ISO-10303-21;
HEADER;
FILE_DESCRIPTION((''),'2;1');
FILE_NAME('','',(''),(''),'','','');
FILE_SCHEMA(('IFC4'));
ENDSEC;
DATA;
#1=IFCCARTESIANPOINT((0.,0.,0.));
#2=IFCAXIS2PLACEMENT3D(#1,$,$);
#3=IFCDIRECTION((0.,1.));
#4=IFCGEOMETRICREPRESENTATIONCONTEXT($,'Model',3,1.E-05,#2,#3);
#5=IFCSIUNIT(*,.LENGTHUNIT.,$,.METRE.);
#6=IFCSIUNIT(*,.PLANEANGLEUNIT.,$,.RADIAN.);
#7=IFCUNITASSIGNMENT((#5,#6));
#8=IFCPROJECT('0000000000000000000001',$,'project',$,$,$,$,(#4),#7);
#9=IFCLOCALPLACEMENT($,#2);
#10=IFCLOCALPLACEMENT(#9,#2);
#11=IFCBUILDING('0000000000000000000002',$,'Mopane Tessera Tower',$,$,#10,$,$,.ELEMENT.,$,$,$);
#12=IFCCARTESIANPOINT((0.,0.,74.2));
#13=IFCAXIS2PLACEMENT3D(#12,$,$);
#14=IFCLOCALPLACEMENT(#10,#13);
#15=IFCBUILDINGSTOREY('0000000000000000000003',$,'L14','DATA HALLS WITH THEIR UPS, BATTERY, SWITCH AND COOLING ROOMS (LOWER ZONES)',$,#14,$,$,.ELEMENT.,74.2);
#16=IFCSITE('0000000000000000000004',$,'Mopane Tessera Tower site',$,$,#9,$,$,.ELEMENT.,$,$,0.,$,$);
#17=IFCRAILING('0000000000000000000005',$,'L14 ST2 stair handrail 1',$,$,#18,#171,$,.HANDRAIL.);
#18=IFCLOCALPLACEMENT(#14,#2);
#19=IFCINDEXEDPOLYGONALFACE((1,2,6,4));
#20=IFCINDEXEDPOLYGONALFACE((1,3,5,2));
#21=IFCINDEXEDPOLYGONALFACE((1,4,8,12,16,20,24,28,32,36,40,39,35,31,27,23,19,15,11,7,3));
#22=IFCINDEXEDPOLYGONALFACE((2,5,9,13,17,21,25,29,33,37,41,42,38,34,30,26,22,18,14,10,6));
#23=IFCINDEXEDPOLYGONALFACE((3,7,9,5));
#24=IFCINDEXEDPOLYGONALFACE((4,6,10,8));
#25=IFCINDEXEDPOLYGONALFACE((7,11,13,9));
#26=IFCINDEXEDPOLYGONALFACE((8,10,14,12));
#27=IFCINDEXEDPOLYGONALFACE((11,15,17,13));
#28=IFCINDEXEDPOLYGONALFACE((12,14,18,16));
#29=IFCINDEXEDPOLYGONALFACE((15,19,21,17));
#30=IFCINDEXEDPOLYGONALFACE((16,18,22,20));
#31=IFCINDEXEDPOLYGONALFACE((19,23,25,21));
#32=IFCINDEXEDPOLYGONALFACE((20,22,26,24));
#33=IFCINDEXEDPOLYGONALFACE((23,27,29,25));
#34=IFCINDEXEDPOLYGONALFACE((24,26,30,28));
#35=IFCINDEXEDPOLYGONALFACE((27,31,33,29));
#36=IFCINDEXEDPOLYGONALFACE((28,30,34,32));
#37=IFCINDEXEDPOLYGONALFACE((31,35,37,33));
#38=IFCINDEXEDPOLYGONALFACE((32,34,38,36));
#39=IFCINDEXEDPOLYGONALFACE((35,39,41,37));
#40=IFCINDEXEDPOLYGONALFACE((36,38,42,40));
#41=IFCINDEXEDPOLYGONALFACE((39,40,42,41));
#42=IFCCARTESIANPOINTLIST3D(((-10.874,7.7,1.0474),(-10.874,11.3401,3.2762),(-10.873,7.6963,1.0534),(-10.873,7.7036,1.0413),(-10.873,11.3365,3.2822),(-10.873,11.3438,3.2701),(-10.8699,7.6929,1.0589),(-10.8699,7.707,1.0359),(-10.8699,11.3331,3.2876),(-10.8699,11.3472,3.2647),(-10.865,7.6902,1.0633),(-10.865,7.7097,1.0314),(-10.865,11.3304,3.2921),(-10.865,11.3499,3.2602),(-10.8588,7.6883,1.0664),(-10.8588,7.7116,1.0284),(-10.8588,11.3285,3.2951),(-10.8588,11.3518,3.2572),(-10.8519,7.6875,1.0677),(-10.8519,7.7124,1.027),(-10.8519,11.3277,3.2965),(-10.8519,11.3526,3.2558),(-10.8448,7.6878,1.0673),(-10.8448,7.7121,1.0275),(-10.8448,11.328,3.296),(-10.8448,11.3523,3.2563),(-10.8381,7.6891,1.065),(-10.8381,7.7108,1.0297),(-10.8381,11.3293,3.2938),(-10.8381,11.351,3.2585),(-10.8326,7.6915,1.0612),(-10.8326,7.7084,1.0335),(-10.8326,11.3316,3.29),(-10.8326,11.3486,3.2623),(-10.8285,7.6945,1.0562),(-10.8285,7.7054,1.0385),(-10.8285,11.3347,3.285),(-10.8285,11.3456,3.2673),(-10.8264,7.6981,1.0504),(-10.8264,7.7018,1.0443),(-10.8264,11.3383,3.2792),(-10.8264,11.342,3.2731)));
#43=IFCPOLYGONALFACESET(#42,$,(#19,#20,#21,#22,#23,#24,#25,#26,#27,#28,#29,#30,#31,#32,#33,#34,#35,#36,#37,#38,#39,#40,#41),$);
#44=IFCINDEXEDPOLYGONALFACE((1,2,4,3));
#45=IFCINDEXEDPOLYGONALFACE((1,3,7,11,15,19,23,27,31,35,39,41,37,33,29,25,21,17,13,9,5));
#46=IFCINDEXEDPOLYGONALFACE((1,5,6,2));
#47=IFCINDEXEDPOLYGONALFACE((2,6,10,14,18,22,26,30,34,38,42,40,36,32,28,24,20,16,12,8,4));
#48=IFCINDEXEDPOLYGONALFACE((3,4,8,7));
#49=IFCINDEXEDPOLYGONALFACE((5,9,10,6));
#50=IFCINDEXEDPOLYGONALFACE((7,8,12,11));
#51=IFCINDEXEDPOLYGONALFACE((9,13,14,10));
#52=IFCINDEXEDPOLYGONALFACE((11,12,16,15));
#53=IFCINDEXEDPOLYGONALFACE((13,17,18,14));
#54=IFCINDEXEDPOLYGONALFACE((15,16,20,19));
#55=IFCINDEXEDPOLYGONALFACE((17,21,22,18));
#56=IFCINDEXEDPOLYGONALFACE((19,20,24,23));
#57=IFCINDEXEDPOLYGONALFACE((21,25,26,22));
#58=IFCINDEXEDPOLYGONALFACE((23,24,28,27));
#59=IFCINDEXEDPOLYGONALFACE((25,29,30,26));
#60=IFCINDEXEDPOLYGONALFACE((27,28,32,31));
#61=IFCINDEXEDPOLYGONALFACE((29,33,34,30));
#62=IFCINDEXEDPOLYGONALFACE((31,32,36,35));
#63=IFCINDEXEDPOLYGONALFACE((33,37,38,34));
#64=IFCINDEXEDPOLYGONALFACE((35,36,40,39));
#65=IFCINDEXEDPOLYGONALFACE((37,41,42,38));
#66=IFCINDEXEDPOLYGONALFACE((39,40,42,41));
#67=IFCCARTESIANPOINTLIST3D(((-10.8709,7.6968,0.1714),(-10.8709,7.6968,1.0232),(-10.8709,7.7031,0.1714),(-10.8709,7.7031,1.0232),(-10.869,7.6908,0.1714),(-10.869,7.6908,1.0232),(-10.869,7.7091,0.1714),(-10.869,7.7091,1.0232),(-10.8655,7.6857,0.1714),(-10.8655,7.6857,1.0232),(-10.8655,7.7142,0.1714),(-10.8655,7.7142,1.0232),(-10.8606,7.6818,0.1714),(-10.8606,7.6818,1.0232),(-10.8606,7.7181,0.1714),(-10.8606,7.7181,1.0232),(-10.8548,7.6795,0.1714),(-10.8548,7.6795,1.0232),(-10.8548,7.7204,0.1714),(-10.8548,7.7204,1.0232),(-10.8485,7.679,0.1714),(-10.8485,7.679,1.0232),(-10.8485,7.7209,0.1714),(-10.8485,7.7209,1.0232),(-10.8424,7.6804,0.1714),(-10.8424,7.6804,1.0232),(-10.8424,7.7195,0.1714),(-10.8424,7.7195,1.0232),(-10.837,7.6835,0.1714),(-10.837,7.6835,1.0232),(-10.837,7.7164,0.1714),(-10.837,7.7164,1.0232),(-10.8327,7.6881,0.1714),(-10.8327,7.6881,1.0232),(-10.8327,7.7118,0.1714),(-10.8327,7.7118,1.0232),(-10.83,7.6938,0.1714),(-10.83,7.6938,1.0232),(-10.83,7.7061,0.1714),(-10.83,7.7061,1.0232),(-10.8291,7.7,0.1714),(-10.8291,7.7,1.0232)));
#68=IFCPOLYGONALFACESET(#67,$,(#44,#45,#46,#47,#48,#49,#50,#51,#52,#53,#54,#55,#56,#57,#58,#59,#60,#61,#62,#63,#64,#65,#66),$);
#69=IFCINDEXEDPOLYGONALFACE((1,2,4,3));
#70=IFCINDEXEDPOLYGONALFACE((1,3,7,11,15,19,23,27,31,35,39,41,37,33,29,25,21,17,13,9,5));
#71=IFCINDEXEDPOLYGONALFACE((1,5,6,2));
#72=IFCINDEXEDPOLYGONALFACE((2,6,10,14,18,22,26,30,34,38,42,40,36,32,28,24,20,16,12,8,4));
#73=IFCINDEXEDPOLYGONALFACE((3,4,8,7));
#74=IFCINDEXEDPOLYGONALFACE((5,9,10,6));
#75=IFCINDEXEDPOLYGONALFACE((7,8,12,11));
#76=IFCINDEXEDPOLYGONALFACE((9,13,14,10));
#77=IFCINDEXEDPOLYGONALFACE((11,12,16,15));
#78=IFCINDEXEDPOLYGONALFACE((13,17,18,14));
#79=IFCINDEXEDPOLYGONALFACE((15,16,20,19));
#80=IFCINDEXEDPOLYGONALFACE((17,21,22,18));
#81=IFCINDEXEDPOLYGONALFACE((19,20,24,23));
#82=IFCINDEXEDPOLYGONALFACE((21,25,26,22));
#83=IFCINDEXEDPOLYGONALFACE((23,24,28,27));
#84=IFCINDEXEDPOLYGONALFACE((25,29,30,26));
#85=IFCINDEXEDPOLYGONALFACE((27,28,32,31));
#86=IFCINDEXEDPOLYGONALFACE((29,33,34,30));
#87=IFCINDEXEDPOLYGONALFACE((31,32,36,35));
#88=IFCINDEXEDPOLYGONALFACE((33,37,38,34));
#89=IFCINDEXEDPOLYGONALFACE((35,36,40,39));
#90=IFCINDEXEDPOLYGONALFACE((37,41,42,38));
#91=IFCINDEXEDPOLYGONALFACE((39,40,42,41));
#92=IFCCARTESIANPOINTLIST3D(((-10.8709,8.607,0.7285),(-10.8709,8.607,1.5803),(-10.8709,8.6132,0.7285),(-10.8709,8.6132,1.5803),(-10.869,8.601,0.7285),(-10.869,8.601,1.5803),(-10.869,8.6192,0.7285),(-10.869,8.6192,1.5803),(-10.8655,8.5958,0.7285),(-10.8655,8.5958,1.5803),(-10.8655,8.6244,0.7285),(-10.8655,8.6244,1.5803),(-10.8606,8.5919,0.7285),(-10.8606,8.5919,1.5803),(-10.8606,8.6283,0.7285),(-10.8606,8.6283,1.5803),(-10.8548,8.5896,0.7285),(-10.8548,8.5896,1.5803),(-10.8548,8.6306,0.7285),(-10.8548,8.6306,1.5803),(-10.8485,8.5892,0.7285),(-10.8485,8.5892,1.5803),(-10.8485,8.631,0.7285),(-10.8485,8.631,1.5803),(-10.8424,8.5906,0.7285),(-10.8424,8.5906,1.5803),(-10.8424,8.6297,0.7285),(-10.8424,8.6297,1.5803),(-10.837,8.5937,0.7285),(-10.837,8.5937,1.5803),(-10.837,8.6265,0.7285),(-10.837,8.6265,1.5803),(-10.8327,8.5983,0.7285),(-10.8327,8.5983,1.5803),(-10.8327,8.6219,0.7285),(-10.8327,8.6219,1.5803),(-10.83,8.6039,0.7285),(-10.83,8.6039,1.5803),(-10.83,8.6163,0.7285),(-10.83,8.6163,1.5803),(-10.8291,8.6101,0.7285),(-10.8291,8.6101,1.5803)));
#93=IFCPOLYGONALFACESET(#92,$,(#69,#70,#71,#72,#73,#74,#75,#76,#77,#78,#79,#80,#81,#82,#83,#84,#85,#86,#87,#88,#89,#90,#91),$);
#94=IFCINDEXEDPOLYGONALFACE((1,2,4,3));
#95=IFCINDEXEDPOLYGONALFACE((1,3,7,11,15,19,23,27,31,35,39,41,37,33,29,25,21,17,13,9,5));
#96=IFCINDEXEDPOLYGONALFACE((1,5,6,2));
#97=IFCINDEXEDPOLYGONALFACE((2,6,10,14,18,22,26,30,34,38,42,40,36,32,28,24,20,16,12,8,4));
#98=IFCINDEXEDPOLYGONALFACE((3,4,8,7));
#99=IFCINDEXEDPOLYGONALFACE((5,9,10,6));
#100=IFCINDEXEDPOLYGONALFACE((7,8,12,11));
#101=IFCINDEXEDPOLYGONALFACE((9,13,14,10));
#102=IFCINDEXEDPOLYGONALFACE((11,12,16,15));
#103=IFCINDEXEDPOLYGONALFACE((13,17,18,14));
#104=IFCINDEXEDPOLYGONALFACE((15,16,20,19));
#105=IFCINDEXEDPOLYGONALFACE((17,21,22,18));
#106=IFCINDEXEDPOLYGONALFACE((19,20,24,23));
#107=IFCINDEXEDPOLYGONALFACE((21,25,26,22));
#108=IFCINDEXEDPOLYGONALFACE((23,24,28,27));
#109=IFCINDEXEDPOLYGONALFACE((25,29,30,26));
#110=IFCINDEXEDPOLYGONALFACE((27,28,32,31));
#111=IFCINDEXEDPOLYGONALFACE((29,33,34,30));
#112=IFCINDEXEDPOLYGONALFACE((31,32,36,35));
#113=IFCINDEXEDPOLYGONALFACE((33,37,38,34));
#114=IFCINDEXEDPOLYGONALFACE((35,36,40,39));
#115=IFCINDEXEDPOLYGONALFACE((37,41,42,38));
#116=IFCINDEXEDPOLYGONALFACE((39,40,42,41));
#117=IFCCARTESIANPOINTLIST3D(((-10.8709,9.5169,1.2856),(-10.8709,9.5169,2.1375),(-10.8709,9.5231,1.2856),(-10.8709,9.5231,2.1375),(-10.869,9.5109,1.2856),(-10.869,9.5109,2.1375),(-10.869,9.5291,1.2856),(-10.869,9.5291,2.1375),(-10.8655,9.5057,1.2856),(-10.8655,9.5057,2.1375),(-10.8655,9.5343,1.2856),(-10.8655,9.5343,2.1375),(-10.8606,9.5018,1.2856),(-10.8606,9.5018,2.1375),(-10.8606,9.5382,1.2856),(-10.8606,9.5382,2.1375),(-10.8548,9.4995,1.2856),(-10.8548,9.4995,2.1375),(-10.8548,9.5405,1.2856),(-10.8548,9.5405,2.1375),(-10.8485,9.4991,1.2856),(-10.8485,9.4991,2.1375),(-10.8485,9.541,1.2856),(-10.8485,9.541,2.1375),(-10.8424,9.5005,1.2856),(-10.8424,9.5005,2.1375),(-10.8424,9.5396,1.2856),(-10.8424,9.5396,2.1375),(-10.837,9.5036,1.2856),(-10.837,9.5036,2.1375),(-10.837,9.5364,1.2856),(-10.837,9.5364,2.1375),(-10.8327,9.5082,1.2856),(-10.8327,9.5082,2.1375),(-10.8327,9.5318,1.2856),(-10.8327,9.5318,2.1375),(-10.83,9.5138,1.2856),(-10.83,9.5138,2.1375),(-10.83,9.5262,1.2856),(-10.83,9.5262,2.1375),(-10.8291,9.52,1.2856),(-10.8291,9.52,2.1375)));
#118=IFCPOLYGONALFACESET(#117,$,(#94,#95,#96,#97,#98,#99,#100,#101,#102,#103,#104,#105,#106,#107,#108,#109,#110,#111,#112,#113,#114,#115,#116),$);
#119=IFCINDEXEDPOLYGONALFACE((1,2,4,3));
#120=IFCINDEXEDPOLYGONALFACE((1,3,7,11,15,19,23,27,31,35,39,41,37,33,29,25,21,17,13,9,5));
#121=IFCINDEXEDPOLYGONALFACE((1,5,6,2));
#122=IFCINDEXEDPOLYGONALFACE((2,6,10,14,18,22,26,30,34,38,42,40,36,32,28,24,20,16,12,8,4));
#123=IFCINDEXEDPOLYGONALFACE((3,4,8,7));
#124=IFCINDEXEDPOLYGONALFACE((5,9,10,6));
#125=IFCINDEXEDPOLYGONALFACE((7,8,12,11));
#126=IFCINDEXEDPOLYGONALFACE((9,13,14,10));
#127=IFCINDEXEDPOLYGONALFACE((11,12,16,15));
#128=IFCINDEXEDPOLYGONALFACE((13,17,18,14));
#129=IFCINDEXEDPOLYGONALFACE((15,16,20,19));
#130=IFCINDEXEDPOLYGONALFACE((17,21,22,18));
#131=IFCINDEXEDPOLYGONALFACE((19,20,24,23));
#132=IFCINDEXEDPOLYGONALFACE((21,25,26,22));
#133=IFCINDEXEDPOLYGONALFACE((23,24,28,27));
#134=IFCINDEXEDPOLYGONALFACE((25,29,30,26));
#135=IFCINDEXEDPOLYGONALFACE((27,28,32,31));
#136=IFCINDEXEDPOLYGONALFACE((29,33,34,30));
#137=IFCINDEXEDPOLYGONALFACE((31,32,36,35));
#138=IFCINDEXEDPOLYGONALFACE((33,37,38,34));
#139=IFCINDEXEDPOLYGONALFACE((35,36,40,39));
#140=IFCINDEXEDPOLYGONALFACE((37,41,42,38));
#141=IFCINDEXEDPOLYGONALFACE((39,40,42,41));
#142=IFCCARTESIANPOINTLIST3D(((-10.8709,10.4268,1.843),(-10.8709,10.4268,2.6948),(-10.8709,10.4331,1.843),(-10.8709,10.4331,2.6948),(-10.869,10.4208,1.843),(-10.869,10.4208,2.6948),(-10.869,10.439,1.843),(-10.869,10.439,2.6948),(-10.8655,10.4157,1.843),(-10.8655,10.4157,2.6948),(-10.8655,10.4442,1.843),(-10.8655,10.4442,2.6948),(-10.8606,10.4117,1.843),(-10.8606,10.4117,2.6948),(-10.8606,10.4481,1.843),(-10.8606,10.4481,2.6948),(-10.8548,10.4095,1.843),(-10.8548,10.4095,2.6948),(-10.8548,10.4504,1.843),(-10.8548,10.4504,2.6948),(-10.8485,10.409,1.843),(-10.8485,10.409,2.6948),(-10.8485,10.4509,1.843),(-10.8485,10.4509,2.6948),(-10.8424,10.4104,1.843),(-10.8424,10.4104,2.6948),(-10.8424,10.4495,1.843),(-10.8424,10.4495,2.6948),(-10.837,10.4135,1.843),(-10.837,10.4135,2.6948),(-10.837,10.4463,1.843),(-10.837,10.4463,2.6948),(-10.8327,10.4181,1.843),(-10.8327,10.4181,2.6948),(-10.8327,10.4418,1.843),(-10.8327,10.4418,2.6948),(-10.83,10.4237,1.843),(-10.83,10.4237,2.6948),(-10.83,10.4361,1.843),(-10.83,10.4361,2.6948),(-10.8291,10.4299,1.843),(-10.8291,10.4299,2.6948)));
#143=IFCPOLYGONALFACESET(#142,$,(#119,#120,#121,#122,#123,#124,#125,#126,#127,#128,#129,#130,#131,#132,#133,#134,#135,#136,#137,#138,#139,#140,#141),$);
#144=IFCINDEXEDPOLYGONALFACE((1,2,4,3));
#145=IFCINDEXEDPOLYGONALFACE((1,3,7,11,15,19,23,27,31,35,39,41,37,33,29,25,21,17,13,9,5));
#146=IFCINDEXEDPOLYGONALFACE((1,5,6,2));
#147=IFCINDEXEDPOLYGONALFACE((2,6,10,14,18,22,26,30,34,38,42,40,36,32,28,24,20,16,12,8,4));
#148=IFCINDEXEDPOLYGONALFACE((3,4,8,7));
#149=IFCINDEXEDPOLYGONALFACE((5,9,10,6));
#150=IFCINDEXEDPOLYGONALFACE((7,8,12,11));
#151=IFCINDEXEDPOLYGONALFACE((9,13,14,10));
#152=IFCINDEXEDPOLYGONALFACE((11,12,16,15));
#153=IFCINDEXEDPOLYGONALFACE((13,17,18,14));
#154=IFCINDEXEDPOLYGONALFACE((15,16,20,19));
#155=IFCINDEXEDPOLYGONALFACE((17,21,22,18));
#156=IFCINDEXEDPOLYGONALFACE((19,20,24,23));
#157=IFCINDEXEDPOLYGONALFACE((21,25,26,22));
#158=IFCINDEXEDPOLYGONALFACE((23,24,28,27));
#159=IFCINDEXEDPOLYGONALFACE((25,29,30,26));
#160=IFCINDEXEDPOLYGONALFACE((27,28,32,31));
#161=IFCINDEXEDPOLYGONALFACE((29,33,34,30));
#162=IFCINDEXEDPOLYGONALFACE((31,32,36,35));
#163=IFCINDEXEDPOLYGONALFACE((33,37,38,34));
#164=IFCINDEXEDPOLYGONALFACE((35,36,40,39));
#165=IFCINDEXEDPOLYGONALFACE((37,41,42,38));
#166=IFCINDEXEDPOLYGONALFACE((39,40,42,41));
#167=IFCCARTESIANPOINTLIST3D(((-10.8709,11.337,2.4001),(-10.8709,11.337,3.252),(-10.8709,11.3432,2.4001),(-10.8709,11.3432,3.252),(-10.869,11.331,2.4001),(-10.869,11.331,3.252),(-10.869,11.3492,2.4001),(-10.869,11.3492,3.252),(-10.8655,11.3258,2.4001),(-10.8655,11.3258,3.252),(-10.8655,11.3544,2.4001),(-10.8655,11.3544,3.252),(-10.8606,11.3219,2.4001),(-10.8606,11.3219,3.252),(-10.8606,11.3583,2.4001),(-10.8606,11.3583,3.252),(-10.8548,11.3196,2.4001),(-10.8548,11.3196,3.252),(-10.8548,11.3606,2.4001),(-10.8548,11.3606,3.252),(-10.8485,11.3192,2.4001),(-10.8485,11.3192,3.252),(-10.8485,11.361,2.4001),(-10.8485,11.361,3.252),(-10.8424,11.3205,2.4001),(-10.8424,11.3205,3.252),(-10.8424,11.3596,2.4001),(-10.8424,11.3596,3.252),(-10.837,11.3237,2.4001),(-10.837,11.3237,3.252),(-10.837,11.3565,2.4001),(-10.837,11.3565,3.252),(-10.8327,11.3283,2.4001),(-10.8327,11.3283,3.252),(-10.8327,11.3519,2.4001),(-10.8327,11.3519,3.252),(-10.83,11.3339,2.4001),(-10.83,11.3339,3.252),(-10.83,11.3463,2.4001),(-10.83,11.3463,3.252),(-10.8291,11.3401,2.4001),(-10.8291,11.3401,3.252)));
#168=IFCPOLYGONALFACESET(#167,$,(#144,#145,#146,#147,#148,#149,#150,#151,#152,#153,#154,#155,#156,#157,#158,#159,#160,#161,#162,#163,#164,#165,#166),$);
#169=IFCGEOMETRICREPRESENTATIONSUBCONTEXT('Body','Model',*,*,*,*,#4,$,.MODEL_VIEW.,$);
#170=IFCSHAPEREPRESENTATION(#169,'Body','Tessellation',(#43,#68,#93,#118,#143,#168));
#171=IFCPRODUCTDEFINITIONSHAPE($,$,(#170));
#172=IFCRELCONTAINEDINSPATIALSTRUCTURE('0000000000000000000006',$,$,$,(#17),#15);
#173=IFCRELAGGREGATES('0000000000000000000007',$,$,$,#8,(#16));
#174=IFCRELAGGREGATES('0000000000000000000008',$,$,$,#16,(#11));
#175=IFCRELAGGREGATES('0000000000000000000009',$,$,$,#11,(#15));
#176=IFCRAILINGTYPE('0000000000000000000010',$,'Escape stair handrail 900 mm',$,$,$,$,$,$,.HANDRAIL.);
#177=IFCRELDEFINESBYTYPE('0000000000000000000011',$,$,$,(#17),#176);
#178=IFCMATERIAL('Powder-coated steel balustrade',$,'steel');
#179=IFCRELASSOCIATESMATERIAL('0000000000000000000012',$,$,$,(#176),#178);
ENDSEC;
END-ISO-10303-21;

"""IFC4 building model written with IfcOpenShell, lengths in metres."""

from ifc_helpers import new_model, si_unit, direction, frame, origin, origin_2d, place, context, subcontext, project, spatial, circle, extrude, material, type_object, element, save


model = new_model("IFC4")

# Units and contexts
model_context = context("Model", 3, precision=1e-05, world=origin(), true_north=direction((0.0, 1.0)))
body_context = subcontext(model_context, "Body", "Model", "MODEL_VIEW")
ifc_project = project(units=[si_unit("LENGTHUNIT", "METRE"), si_unit("PLANEANGLEUNIT", "RADIAN")], contexts=[model_context])

# Site, building, storey
site_placement = place(None, origin())
site = spatial("IfcSite", under=ifc_project, at=site_placement, Name="Mopane Tessera Tower site", CompositionType="ELEMENT", RefElevation=0.0)
building_placement = place(site_placement, origin())
building = spatial("IfcBuilding", under=site, at=building_placement, Name="Mopane Tessera Tower", CompositionType="ELEMENT")
storey_placement = place(building_placement, frame((0.0, 0.0, 74.2)))
storey = spatial("IfcBuildingStorey", under=building, at=storey_placement, Name="L14", Description="DATA HALLS WITH THEIR UPS, BATTERY, SWITCH AND COOLING ROOMS (LOWER ZONES)", CompositionType="ELEMENT", Elevation=74.2)

# Railing
ifc_material_1 = material(Name="Powder-coated steel balustrade", Category="steel")
railing_type_1 = type_object("IfcRailingType", Name="Escape stair handrail 900 mm", PredefinedType="HANDRAIL", material=ifc_material_1)
railing_1_placement = place(storey_placement, frame((-10.8501, 7.7, 0.1714)))
element("IfcRailing", 1, at=railing_1_placement, inside=storey, type_object=railing_type_1, Name="L14 ST2 stair handrail 1", PredefinedType="HANDRAIL", context=body_context, shape_type="SweptSolid", body=[
    extrude(circle(Radius=0.0239, at=origin_2d()), frame((0.0, 0.0, 0.876), z_axis=(0.0, 0.85284, 0.522172), x_axis=(-1.0, 0.0, 0.0)), (0.0, 0.0, 1.0), 4.2683),
    extrude(circle(Radius=0.021, at=origin_2d()), origin(), (0.0, 0.0, 1.0), 0.8518),
    extrude(circle(Radius=0.021, at=origin_2d()), frame((0.0, 0.9102, 0.5571)), (0.0, 0.0, 1.0), 0.8518),
    extrude(circle(Radius=0.021, at=origin_2d()), frame((0.0, 1.8201, 1.1143)), (0.0, 0.0, 1.0), 0.8518),
    extrude(circle(Radius=0.021, at=origin_2d()), frame((0.0, 2.73, 1.6716)), (0.0, 0.0, 1.0), 0.8518),
    extrude(circle(Radius=0.021, at=origin_2d()), frame((0.0, 3.6401, 2.2288)), (0.0, 0.0, 1.0), 0.8518),
])

save(model, "model.ifc")
